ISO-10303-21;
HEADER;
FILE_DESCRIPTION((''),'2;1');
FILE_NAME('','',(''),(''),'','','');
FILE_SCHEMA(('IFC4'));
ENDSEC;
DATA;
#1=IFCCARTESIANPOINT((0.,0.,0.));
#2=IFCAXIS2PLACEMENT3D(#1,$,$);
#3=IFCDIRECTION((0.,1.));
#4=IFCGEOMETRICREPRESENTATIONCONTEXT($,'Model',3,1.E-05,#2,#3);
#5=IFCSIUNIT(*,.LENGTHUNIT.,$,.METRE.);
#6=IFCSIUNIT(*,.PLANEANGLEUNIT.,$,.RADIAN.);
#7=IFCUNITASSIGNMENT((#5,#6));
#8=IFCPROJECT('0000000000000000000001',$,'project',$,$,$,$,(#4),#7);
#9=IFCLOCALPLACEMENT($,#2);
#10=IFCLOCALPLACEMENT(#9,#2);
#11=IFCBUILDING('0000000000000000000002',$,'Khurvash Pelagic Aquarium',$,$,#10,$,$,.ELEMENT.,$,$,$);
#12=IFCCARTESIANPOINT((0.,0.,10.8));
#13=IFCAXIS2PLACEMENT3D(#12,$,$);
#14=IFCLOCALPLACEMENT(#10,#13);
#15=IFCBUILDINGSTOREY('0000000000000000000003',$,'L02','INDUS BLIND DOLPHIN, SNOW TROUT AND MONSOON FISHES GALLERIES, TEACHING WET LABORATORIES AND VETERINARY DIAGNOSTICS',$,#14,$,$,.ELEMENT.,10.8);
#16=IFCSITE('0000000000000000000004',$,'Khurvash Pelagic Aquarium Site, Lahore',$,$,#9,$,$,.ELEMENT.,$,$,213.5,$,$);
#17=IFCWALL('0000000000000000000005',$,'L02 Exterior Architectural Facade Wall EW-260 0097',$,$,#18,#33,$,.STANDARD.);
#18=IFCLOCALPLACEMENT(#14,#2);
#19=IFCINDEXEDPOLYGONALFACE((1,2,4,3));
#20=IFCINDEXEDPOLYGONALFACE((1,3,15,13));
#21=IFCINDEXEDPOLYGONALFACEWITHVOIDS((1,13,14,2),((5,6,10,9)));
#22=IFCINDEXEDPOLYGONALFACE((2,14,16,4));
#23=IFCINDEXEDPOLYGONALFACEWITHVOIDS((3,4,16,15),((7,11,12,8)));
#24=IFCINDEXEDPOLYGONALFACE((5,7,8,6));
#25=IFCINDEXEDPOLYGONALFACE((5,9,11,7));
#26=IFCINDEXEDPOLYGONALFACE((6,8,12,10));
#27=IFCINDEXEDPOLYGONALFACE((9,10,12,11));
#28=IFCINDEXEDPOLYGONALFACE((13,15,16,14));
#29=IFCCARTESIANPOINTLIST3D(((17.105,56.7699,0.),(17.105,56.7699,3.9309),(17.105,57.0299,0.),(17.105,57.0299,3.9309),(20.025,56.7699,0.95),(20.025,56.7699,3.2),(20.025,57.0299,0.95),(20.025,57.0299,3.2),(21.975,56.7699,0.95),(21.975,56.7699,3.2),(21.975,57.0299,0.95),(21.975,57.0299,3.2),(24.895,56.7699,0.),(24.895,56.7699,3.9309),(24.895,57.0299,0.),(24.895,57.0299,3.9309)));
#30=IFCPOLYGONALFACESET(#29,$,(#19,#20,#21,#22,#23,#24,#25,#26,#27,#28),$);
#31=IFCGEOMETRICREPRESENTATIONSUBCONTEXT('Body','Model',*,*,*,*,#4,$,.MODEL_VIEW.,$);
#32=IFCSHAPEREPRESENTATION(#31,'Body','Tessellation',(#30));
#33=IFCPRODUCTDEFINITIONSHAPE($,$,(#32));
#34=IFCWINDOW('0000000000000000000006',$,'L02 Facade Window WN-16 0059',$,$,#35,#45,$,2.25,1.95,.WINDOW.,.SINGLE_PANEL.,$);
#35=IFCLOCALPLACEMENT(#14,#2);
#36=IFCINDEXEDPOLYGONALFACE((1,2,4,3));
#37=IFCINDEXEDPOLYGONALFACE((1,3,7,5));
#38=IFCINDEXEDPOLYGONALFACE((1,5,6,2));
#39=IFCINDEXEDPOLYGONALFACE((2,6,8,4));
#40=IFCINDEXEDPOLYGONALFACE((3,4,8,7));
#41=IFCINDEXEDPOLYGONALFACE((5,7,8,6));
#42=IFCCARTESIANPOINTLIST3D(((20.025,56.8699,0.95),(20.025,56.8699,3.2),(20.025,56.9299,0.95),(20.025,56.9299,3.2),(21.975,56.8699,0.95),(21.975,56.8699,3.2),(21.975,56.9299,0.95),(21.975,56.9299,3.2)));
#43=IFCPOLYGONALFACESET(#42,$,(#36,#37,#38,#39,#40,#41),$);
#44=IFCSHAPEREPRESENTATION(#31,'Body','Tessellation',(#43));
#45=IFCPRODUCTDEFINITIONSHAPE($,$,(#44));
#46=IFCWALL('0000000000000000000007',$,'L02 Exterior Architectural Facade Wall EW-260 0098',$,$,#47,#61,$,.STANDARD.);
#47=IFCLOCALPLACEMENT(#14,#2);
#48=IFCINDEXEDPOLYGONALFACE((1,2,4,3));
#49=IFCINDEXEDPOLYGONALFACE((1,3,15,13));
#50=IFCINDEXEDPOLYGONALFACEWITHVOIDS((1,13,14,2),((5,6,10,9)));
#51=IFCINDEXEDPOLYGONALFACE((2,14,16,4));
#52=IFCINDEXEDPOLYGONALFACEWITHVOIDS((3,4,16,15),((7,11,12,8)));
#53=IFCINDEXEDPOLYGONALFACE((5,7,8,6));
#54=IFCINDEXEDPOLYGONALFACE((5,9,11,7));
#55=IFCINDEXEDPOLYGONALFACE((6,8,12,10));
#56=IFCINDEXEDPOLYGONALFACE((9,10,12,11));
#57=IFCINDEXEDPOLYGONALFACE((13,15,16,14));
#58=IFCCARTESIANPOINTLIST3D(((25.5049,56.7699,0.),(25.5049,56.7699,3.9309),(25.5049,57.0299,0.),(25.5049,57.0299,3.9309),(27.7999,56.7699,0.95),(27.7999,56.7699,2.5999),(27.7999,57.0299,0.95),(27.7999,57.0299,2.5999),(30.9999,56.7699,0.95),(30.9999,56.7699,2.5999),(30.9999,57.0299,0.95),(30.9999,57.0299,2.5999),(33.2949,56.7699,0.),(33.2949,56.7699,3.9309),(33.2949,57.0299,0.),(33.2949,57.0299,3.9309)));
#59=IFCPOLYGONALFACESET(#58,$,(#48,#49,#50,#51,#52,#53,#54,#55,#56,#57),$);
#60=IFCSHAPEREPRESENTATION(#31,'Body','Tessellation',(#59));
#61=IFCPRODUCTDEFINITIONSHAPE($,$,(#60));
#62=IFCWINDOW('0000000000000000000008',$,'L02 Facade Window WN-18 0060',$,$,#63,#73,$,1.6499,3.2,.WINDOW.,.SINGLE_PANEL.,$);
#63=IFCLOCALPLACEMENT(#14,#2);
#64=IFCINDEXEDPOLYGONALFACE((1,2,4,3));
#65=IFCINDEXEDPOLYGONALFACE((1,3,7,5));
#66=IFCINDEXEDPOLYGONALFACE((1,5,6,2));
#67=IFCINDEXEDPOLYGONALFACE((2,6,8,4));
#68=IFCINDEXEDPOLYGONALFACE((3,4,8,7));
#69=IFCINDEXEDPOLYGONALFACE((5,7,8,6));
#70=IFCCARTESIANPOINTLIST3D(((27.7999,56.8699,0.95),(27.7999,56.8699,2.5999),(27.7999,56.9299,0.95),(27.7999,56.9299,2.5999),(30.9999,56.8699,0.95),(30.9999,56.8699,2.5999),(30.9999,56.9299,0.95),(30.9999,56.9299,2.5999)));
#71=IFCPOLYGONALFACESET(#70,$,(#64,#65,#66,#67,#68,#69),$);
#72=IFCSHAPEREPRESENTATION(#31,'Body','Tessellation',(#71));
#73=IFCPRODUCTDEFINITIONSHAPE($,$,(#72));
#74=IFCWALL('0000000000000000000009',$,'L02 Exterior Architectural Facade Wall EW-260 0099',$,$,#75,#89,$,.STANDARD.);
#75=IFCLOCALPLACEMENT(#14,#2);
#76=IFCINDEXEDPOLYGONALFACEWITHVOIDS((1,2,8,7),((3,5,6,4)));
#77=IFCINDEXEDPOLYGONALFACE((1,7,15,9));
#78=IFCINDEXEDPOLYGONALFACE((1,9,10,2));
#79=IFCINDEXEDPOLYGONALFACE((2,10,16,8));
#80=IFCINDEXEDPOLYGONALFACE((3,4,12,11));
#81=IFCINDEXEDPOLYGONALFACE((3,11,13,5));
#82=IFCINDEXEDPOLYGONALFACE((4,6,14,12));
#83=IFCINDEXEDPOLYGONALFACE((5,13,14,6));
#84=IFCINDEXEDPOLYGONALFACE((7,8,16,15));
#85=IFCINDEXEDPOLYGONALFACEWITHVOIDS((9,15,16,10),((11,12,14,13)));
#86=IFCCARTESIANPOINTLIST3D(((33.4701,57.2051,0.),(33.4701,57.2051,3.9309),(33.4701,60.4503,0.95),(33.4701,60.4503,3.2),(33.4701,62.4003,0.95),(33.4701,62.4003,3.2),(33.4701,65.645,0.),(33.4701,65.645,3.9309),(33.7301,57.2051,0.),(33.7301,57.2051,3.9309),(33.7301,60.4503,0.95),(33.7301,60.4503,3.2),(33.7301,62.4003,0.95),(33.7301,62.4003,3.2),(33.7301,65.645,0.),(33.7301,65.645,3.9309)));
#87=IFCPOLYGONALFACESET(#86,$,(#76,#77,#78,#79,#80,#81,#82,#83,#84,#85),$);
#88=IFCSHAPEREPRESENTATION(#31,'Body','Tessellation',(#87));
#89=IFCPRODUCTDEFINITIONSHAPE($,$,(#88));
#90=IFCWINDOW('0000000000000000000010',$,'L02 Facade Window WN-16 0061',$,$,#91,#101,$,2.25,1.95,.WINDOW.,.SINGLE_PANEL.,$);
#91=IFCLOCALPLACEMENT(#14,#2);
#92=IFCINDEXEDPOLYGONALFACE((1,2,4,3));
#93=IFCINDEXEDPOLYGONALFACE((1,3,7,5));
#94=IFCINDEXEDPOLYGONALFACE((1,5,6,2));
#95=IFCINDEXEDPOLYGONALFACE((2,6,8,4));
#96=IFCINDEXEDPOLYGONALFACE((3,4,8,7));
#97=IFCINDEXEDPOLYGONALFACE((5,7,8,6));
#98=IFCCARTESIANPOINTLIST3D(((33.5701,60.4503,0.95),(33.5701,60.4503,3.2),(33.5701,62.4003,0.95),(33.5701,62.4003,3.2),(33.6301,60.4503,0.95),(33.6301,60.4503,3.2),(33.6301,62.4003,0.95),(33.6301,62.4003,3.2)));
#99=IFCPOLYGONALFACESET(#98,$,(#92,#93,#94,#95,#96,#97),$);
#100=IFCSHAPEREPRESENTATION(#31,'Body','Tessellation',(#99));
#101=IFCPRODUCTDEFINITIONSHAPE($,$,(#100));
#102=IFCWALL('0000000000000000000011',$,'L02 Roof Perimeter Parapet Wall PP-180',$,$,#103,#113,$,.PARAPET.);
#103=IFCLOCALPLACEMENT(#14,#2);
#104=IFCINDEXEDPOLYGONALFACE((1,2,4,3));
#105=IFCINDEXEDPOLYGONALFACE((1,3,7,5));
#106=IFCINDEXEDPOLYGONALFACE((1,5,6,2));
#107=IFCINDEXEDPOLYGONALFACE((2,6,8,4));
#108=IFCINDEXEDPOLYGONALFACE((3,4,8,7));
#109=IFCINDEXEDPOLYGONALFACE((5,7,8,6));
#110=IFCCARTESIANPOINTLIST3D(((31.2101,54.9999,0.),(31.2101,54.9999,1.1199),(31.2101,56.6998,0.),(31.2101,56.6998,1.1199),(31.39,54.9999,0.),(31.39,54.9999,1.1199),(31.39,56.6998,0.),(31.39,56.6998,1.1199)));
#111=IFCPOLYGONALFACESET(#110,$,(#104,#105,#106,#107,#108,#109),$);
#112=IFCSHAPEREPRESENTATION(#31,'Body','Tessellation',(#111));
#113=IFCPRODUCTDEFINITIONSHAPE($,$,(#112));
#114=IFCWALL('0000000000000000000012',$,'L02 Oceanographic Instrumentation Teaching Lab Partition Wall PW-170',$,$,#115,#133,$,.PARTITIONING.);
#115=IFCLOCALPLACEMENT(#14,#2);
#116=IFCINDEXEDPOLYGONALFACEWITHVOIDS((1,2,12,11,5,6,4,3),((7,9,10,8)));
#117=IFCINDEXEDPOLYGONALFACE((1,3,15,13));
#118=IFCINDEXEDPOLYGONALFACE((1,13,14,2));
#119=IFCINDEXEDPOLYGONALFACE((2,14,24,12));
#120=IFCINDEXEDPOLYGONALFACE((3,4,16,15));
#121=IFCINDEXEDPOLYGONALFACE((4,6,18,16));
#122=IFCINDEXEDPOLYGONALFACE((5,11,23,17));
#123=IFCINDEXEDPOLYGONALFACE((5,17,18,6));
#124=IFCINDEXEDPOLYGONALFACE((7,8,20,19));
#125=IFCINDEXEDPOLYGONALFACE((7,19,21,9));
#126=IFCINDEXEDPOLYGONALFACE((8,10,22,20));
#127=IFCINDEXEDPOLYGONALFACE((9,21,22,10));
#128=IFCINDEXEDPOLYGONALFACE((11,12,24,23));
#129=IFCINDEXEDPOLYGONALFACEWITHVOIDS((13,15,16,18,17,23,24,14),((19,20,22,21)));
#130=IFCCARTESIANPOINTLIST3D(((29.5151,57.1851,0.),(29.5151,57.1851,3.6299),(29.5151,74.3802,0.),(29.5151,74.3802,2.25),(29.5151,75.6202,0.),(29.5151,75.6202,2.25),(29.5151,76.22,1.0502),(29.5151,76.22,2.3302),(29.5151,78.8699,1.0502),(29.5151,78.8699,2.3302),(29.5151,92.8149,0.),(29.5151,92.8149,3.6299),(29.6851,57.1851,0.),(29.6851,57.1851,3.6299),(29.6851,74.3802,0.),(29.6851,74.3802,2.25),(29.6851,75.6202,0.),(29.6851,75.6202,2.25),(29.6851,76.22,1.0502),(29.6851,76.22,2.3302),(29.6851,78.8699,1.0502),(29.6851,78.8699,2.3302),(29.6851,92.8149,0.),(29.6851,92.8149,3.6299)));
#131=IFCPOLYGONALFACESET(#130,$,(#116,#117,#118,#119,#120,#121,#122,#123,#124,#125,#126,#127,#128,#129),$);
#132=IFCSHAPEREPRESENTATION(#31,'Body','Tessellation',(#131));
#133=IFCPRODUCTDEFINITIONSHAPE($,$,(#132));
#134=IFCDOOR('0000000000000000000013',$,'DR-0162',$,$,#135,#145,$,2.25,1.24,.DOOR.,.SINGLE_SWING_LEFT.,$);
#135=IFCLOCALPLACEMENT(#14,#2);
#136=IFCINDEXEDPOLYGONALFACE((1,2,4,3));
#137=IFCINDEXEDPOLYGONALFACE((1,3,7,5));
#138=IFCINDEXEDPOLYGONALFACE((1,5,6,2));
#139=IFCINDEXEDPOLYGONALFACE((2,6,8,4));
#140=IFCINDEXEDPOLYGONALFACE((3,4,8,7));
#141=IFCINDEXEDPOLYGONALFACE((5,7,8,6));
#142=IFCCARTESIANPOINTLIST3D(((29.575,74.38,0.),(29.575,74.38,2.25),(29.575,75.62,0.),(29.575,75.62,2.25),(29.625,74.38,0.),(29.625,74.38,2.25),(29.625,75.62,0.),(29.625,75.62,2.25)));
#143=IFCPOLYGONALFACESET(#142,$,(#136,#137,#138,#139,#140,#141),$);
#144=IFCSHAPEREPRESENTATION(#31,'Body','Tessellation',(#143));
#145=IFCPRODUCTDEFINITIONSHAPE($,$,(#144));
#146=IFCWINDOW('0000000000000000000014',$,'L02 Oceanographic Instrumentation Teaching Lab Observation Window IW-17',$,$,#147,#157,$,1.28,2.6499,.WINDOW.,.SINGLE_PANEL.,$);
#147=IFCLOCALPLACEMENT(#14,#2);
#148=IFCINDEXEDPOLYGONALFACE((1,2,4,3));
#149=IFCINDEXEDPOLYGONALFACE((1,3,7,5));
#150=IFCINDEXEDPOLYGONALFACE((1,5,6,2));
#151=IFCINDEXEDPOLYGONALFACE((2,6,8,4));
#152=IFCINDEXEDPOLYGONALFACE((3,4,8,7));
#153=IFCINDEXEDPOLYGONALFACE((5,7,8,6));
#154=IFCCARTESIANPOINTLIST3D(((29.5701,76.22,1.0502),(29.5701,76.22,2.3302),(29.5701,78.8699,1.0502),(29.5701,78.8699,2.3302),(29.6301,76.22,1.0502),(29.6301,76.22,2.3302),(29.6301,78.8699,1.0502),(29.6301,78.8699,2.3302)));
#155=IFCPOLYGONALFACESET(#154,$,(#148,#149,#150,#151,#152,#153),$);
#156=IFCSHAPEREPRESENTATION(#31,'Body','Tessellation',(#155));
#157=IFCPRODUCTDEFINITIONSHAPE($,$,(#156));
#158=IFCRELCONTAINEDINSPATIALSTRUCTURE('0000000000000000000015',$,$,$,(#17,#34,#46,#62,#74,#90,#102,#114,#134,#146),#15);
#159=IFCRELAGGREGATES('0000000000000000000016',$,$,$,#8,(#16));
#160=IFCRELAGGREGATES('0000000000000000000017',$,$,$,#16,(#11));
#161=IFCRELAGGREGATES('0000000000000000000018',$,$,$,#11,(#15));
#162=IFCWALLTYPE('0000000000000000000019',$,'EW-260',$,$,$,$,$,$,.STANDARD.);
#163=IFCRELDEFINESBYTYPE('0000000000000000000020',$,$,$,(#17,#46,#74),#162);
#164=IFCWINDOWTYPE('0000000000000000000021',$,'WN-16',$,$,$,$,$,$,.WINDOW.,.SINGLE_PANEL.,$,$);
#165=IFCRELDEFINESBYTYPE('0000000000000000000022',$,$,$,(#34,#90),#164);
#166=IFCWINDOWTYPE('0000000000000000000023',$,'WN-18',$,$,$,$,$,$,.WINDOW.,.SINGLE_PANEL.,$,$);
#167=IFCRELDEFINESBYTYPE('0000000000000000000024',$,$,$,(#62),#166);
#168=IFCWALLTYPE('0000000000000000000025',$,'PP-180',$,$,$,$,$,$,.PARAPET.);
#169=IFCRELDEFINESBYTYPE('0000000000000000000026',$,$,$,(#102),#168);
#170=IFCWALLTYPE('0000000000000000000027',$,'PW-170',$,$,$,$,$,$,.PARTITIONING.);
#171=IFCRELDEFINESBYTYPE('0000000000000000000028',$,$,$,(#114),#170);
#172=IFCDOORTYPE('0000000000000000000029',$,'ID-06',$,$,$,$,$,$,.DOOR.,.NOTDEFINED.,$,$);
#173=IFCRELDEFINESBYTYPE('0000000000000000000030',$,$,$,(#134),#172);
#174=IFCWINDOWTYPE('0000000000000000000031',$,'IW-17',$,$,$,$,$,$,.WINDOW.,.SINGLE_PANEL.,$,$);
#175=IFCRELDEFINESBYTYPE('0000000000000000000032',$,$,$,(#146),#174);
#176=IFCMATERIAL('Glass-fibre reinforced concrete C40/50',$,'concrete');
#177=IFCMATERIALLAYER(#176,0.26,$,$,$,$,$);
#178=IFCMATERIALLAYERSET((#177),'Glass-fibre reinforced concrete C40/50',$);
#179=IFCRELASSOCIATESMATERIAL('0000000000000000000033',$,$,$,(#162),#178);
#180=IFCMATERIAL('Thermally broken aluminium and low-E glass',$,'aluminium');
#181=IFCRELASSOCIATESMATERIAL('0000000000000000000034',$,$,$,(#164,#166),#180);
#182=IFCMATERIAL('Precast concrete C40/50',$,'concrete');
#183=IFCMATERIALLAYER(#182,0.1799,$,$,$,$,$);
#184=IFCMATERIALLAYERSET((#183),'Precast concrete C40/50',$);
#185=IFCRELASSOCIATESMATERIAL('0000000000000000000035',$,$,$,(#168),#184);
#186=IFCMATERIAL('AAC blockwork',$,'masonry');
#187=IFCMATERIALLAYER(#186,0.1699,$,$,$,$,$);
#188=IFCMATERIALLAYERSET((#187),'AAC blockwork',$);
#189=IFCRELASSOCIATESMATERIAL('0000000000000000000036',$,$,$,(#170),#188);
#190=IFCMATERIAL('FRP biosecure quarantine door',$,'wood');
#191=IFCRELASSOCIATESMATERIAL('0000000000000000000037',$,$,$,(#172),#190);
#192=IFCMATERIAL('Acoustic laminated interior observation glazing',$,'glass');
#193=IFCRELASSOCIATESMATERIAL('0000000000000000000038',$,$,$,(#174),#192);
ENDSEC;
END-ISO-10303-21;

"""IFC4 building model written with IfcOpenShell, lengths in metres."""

from ifc_helpers import new_model, si_unit, direction, frame, frame_2d, origin, place, context, subcontext, project, spatial, rectangle, extrude, material, layer, layer_set, type_object, element, fill, save


model = new_model("IFC4")

# Units and contexts
model_context = context("Model", 3, precision=1e-05, world=origin(), true_north=direction((0.0, 1.0)))
body_context = subcontext(model_context, "Body", "Model", "MODEL_VIEW")
ifc_project = project(units=[si_unit("LENGTHUNIT", "METRE"), si_unit("PLANEANGLEUNIT", "RADIAN")], contexts=[model_context])

# Site, building, storey
site_placement = place(None, origin())
site = spatial("IfcSite", under=ifc_project, at=site_placement, Name="Khurvash Pelagic Aquarium Site, Lahore", CompositionType="ELEMENT", RefElevation=213.5)
building_placement = place(site_placement, origin())
building = spatial("IfcBuilding", under=site, at=building_placement, Name="Khurvash Pelagic Aquarium", CompositionType="ELEMENT")
storey_placement = place(building_placement, frame((0.0, 0.0, 10.8)))
storey = spatial("IfcBuildingStorey", under=building, at=storey_placement, Name="L02", Description="INDUS BLIND DOLPHIN, SNOW TROUT AND MONSOON FISHES GALLERIES, TEACHING WET LABORATORIES AND VETERINARY DIAGNOSTICS", CompositionType="ELEMENT", Elevation=10.8)

# Walls, openings, windows
ifc_material_1 = material(Name="Glass-fibre reinforced concrete C40/50", Category="concrete")
ifc_layer_1 = layer(ifc_material_1, 0.26)
ifc_layer_set_1 = layer_set([ifc_layer_1], Name="Glass-fibre reinforced concrete C40/50")
wall_type_1 = type_object("IfcWallType", Name="EW-260", PredefinedType="STANDARD", material=ifc_layer_set_1)
wall_1_placement = place(storey_placement, frame((17.105, 56.8999, 0.0), z_axis=(0.0, 0.0, 1.0), x_axis=(1.0, 0.0, 0.0)))
wall_1 = element("IfcWall", 1, at=wall_1_placement, inside=storey, type_object=wall_type_1, Name="L02 Exterior Architectural Facade Wall EW-260 0097", PredefinedType="STANDARD", context=body_context, shape_type="SweptSolid", body=[
    extrude(rectangle(XDim=7.79, YDim=0.26, at=frame_2d((3.895, 0.0))), origin(), (0.0, 0.0, 1.0), 3.9309),
])
opening_1_placement = place(wall_1_placement, frame((2.9199, 0.0, 0.95)))
opening_1 = element("IfcOpeningElement", 2, at=opening_1_placement, cuts=wall_1, PredefinedType="OPENING", context=body_context, shape_type="SweptSolid", body=[
    extrude(rectangle(XDim=1.95, YDim=2.25, at=frame_2d((0.9751, 1.125))), frame((0.0, 0.1401, 0.0), z_axis=(0.0, -1.0, 0.0), x_axis=(1.0, 0.0, 0.0)), (0.0, 0.0, 1.0), 0.28),
])
ifc_material_2 = material(Name="Thermally broken aluminium and low-E glass", Category="aluminium")
window_type_1 = type_object("IfcWindowType", Name="WN-16", PartitioningType="SINGLE_PANEL", PredefinedType="WINDOW", material=ifc_material_2)
window_1_placement = place(opening_1_placement, origin())
window_1 = element("IfcWindow", 3, at=window_1_placement, inside=storey, type_object=window_type_1, Name="L02 Facade Window WN-16 0059", OverallHeight=2.25, OverallWidth=1.95, PartitioningType="SINGLE_PANEL", PredefinedType="WINDOW", context=body_context, shape_type="SweptSolid", body=[
    extrude(rectangle(XDim=1.95, YDim=2.25, at=frame_2d((0.9751, 1.125))), frame((0.0, 0.03, 0.0), z_axis=(0.0, -1.0, 0.0), x_axis=(1.0, 0.0, 0.0)), (0.0, 0.0, 1.0), 0.0601),
])
fill(opening_1, window_1)
wall_2_placement = place(storey_placement, frame((25.5049, 56.8999, 0.0), z_axis=(0.0, 0.0, 1.0), x_axis=(1.0, 0.0, 0.0)))
wall_2 = element("IfcWall", 4, at=wall_2_placement, inside=storey, type_object=wall_type_1, Name="L02 Exterior Architectural Facade Wall EW-260 0098", PredefinedType="STANDARD", context=body_context, shape_type="SweptSolid", body=[
    extrude(rectangle(XDim=7.79, YDim=0.26, at=frame_2d((3.895, 0.0))), origin(), (0.0, 0.0, 1.0), 3.9309),
])
opening_2_placement = place(wall_2_placement, frame((2.2949, 0.0, 0.95)))
opening_2 = element("IfcOpeningElement", 5, at=opening_2_placement, cuts=wall_2, PredefinedType="OPENING", context=body_context, shape_type="SweptSolid", body=[
    extrude(rectangle(XDim=3.2, YDim=1.6499, at=frame_2d((1.6001, 0.825))), frame((0.0, 0.1401, 0.0), z_axis=(0.0, -1.0, 0.0), x_axis=(1.0, 0.0, 0.0)), (0.0, 0.0, 1.0), 0.28),
])
window_type_2 = type_object("IfcWindowType", Name="WN-18", PartitioningType="SINGLE_PANEL", PredefinedType="WINDOW", material=ifc_material_2)
window_2_placement = place(opening_2_placement, origin())
window_2 = element("IfcWindow", 6, at=window_2_placement, inside=storey, type_object=window_type_2, Name="L02 Facade Window WN-18 0060", OverallHeight=1.6499, OverallWidth=3.2, PartitioningType="SINGLE_PANEL", PredefinedType="WINDOW", context=body_context, shape_type="SweptSolid", body=[
    extrude(rectangle(XDim=3.2, YDim=1.6499, at=frame_2d((1.6001, 0.825))), frame((0.0, 0.03, 0.0), z_axis=(0.0, -1.0, 0.0), x_axis=(1.0, 0.0, 0.0)), (0.0, 0.0, 1.0), 0.0601),
])
fill(opening_2, window_2)
wall_3_placement = place(storey_placement, frame((33.6001, 57.2051, 0.0), z_axis=(0.0, 0.0, 1.0), x_axis=(0.0, 1.0, 0.0)))
wall_3 = element("IfcWall", 7, at=wall_3_placement, inside=storey, type_object=wall_type_1, Name="L02 Exterior Architectural Facade Wall EW-260 0099", PredefinedType="STANDARD", context=body_context, shape_type="SweptSolid", body=[
    extrude(rectangle(XDim=8.4399, YDim=0.26, at=frame_2d((4.22, 0.0))), origin(), (0.0, 0.0, 1.0), 3.9309),
])
opening_3_placement = place(wall_3_placement, frame((3.2451, 0.0, 0.95)))
opening_3 = element("IfcOpeningElement", 8, at=opening_3_placement, cuts=wall_3, PredefinedType="OPENING", context=body_context, shape_type="SweptSolid", body=[
    extrude(rectangle(XDim=1.95, YDim=2.25, at=frame_2d((0.9751, 1.125))), frame((0.0, 0.1401, 0.0), z_axis=(0.0, -1.0, 0.0), x_axis=(1.0, 0.0, 0.0)), (0.0, 0.0, 1.0), 0.28),
])
window_3_placement = place(opening_3_placement, origin())
window_3 = element("IfcWindow", 9, at=window_3_placement, inside=storey, type_object=window_type_1, Name="L02 Facade Window WN-16 0061", OverallHeight=2.25, OverallWidth=1.95, PartitioningType="SINGLE_PANEL", PredefinedType="WINDOW", context=body_context, shape_type="SweptSolid", body=[
    extrude(rectangle(XDim=1.95, YDim=2.25, at=frame_2d((0.9751, 1.125))), frame((0.0, 0.03, 0.0), z_axis=(0.0, -1.0, 0.0), x_axis=(1.0, 0.0, 0.0)), (0.0, 0.0, 1.0), 0.0601),
])
fill(opening_3, window_3)

# Wall
ifc_material_3 = material(Name="Precast concrete C40/50", Category="concrete")
ifc_layer_2 = layer(ifc_material_3, 0.1799)
ifc_layer_set_2 = layer_set([ifc_layer_2], Name="Precast concrete C40/50")
wall_type_2 = type_object("IfcWallType", Name="PP-180", PredefinedType="PARAPET", material=ifc_layer_set_2)
wall_4_placement = place(storey_placement, frame((31.3, 56.7, 0.0), z_axis=(0.0, 0.0, 1.0), x_axis=(0.0, -1.0, 0.0)))
element("IfcWall", 10, at=wall_4_placement, inside=storey, type_object=wall_type_2, Name="L02 Roof Perimeter Parapet Wall PP-180", PredefinedType="PARAPET", context=body_context, shape_type="SweptSolid", body=[
    extrude(rectangle(XDim=1.7, YDim=0.1799, at=frame_2d((0.8501, 0.0))), origin(), (0.0, 0.0, 1.0), 1.1199),
])

# Wall, openings, door, window
ifc_material_4 = material(Name="AAC blockwork", Category="masonry")
ifc_layer_3 = layer(ifc_material_4, 0.1699)
ifc_layer_set_3 = layer_set([ifc_layer_3], Name="AAC blockwork")
wall_type_3 = type_object("IfcWallType", Name="PW-170", PredefinedType="PARTITIONING", material=ifc_layer_set_3)
wall_5_placement = place(storey_placement, frame((29.6001, 57.1851, 0.0), z_axis=(0.0, 0.0, 1.0), x_axis=(0.0, 1.0, 0.0)))
wall_5 = element("IfcWall", 11, at=wall_5_placement, inside=storey, type_object=wall_type_3, Name="L02 Oceanographic Instrumentation Teaching Lab Partition Wall PW-170", PredefinedType="PARTITIONING", context=body_context, shape_type="SweptSolid", body=[
    extrude(rectangle(XDim=35.6299, YDim=0.1699, at=frame_2d((17.8149, 0.0))), origin(), (0.0, 0.0, 1.0), 3.6299),
])
opening_4_placement = place(wall_5_placement, frame((17.1951, 0.0, 0.0)))
opening_4 = element("IfcOpeningElement", 12, at=opening_4_placement, cuts=wall_5, PredefinedType="OPENING", context=body_context, shape_type="SweptSolid", body=[
    extrude(rectangle(XDim=1.24, YDim=2.25, at=frame_2d((0.6201, 1.125))), frame((0.0, 0.095, 0.0), z_axis=(0.0, -1.0, 0.0), x_axis=(1.0, 0.0, 0.0)), (0.0, 0.0, 1.0), 0.1899),
])
opening_5_placement = place(wall_5_placement, frame((19.0349, 0.0, 1.05)))
opening_5 = element("IfcOpeningElement", 13, at=opening_5_placement, cuts=wall_5, PredefinedType="OPENING", context=body_context, shape_type="SweptSolid", body=[
    extrude(rectangle(XDim=2.6499, YDim=1.28, at=frame_2d((1.325, 0.6401))), frame((0.0, 0.095, 0.0), z_axis=(0.0, -1.0, 0.0), x_axis=(1.0, 0.0, 0.0)), (0.0, 0.0, 1.0), 0.1899),
])
ifc_material_5 = material(Name="FRP biosecure quarantine door", Category="wood")
door_type = type_object("IfcDoorType", Name="ID-06", OperationType="NOTDEFINED", PredefinedType="DOOR", material=ifc_material_5)
door_placement = place(opening_4_placement, frame((1.24, 0.0, 0.0), z_axis=(0.0, 0.0, 1.0), x_axis=(-1.0, 0.0, 0.0)))
door = element("IfcDoor", 14, at=door_placement, inside=storey, type_object=door_type, Name="DR-0162", OperationType="SINGLE_SWING_LEFT", OverallHeight=2.25, OverallWidth=1.24, PredefinedType="DOOR", context=body_context, shape_type="SweptSolid", body=[
    extrude(rectangle(XDim=1.24, YDim=2.25, at=frame_2d((0.6201, 1.125))), frame((0.0, 0.0249, 0.0), z_axis=(0.0, -1.0, 0.0), x_axis=(1.0, 0.0, 0.0)), (0.0, 0.0, 1.0), 0.05),
])
fill(opening_4, door)
ifc_material_6 = material(Name="Acoustic laminated interior observation glazing", Category="glass")
window_type_3 = type_object("IfcWindowType", Name="IW-17", PartitioningType="SINGLE_PANEL", PredefinedType="WINDOW", material=ifc_material_6)
window_4_placement = place(opening_5_placement, origin())
window_4 = element("IfcWindow", 15, at=window_4_placement, inside=storey, type_object=window_type_3, Name="L02 Oceanographic Instrumentation Teaching Lab Observation Window IW-17", OverallHeight=1.28, OverallWidth=2.6499, PartitioningType="SINGLE_PANEL", PredefinedType="WINDOW", context=body_context, shape_type="SweptSolid", body=[
    extrude(rectangle(XDim=2.6499, YDim=1.28, at=frame_2d((1.325, 0.6401))), frame((0.0, 0.03, 0.0), z_axis=(0.0, -1.0, 0.0), x_axis=(1.0, 0.0, 0.0)), (0.0, 0.0, 1.0), 0.0601),
])
fill(opening_5, window_4)

save(model, "model.ifc")
